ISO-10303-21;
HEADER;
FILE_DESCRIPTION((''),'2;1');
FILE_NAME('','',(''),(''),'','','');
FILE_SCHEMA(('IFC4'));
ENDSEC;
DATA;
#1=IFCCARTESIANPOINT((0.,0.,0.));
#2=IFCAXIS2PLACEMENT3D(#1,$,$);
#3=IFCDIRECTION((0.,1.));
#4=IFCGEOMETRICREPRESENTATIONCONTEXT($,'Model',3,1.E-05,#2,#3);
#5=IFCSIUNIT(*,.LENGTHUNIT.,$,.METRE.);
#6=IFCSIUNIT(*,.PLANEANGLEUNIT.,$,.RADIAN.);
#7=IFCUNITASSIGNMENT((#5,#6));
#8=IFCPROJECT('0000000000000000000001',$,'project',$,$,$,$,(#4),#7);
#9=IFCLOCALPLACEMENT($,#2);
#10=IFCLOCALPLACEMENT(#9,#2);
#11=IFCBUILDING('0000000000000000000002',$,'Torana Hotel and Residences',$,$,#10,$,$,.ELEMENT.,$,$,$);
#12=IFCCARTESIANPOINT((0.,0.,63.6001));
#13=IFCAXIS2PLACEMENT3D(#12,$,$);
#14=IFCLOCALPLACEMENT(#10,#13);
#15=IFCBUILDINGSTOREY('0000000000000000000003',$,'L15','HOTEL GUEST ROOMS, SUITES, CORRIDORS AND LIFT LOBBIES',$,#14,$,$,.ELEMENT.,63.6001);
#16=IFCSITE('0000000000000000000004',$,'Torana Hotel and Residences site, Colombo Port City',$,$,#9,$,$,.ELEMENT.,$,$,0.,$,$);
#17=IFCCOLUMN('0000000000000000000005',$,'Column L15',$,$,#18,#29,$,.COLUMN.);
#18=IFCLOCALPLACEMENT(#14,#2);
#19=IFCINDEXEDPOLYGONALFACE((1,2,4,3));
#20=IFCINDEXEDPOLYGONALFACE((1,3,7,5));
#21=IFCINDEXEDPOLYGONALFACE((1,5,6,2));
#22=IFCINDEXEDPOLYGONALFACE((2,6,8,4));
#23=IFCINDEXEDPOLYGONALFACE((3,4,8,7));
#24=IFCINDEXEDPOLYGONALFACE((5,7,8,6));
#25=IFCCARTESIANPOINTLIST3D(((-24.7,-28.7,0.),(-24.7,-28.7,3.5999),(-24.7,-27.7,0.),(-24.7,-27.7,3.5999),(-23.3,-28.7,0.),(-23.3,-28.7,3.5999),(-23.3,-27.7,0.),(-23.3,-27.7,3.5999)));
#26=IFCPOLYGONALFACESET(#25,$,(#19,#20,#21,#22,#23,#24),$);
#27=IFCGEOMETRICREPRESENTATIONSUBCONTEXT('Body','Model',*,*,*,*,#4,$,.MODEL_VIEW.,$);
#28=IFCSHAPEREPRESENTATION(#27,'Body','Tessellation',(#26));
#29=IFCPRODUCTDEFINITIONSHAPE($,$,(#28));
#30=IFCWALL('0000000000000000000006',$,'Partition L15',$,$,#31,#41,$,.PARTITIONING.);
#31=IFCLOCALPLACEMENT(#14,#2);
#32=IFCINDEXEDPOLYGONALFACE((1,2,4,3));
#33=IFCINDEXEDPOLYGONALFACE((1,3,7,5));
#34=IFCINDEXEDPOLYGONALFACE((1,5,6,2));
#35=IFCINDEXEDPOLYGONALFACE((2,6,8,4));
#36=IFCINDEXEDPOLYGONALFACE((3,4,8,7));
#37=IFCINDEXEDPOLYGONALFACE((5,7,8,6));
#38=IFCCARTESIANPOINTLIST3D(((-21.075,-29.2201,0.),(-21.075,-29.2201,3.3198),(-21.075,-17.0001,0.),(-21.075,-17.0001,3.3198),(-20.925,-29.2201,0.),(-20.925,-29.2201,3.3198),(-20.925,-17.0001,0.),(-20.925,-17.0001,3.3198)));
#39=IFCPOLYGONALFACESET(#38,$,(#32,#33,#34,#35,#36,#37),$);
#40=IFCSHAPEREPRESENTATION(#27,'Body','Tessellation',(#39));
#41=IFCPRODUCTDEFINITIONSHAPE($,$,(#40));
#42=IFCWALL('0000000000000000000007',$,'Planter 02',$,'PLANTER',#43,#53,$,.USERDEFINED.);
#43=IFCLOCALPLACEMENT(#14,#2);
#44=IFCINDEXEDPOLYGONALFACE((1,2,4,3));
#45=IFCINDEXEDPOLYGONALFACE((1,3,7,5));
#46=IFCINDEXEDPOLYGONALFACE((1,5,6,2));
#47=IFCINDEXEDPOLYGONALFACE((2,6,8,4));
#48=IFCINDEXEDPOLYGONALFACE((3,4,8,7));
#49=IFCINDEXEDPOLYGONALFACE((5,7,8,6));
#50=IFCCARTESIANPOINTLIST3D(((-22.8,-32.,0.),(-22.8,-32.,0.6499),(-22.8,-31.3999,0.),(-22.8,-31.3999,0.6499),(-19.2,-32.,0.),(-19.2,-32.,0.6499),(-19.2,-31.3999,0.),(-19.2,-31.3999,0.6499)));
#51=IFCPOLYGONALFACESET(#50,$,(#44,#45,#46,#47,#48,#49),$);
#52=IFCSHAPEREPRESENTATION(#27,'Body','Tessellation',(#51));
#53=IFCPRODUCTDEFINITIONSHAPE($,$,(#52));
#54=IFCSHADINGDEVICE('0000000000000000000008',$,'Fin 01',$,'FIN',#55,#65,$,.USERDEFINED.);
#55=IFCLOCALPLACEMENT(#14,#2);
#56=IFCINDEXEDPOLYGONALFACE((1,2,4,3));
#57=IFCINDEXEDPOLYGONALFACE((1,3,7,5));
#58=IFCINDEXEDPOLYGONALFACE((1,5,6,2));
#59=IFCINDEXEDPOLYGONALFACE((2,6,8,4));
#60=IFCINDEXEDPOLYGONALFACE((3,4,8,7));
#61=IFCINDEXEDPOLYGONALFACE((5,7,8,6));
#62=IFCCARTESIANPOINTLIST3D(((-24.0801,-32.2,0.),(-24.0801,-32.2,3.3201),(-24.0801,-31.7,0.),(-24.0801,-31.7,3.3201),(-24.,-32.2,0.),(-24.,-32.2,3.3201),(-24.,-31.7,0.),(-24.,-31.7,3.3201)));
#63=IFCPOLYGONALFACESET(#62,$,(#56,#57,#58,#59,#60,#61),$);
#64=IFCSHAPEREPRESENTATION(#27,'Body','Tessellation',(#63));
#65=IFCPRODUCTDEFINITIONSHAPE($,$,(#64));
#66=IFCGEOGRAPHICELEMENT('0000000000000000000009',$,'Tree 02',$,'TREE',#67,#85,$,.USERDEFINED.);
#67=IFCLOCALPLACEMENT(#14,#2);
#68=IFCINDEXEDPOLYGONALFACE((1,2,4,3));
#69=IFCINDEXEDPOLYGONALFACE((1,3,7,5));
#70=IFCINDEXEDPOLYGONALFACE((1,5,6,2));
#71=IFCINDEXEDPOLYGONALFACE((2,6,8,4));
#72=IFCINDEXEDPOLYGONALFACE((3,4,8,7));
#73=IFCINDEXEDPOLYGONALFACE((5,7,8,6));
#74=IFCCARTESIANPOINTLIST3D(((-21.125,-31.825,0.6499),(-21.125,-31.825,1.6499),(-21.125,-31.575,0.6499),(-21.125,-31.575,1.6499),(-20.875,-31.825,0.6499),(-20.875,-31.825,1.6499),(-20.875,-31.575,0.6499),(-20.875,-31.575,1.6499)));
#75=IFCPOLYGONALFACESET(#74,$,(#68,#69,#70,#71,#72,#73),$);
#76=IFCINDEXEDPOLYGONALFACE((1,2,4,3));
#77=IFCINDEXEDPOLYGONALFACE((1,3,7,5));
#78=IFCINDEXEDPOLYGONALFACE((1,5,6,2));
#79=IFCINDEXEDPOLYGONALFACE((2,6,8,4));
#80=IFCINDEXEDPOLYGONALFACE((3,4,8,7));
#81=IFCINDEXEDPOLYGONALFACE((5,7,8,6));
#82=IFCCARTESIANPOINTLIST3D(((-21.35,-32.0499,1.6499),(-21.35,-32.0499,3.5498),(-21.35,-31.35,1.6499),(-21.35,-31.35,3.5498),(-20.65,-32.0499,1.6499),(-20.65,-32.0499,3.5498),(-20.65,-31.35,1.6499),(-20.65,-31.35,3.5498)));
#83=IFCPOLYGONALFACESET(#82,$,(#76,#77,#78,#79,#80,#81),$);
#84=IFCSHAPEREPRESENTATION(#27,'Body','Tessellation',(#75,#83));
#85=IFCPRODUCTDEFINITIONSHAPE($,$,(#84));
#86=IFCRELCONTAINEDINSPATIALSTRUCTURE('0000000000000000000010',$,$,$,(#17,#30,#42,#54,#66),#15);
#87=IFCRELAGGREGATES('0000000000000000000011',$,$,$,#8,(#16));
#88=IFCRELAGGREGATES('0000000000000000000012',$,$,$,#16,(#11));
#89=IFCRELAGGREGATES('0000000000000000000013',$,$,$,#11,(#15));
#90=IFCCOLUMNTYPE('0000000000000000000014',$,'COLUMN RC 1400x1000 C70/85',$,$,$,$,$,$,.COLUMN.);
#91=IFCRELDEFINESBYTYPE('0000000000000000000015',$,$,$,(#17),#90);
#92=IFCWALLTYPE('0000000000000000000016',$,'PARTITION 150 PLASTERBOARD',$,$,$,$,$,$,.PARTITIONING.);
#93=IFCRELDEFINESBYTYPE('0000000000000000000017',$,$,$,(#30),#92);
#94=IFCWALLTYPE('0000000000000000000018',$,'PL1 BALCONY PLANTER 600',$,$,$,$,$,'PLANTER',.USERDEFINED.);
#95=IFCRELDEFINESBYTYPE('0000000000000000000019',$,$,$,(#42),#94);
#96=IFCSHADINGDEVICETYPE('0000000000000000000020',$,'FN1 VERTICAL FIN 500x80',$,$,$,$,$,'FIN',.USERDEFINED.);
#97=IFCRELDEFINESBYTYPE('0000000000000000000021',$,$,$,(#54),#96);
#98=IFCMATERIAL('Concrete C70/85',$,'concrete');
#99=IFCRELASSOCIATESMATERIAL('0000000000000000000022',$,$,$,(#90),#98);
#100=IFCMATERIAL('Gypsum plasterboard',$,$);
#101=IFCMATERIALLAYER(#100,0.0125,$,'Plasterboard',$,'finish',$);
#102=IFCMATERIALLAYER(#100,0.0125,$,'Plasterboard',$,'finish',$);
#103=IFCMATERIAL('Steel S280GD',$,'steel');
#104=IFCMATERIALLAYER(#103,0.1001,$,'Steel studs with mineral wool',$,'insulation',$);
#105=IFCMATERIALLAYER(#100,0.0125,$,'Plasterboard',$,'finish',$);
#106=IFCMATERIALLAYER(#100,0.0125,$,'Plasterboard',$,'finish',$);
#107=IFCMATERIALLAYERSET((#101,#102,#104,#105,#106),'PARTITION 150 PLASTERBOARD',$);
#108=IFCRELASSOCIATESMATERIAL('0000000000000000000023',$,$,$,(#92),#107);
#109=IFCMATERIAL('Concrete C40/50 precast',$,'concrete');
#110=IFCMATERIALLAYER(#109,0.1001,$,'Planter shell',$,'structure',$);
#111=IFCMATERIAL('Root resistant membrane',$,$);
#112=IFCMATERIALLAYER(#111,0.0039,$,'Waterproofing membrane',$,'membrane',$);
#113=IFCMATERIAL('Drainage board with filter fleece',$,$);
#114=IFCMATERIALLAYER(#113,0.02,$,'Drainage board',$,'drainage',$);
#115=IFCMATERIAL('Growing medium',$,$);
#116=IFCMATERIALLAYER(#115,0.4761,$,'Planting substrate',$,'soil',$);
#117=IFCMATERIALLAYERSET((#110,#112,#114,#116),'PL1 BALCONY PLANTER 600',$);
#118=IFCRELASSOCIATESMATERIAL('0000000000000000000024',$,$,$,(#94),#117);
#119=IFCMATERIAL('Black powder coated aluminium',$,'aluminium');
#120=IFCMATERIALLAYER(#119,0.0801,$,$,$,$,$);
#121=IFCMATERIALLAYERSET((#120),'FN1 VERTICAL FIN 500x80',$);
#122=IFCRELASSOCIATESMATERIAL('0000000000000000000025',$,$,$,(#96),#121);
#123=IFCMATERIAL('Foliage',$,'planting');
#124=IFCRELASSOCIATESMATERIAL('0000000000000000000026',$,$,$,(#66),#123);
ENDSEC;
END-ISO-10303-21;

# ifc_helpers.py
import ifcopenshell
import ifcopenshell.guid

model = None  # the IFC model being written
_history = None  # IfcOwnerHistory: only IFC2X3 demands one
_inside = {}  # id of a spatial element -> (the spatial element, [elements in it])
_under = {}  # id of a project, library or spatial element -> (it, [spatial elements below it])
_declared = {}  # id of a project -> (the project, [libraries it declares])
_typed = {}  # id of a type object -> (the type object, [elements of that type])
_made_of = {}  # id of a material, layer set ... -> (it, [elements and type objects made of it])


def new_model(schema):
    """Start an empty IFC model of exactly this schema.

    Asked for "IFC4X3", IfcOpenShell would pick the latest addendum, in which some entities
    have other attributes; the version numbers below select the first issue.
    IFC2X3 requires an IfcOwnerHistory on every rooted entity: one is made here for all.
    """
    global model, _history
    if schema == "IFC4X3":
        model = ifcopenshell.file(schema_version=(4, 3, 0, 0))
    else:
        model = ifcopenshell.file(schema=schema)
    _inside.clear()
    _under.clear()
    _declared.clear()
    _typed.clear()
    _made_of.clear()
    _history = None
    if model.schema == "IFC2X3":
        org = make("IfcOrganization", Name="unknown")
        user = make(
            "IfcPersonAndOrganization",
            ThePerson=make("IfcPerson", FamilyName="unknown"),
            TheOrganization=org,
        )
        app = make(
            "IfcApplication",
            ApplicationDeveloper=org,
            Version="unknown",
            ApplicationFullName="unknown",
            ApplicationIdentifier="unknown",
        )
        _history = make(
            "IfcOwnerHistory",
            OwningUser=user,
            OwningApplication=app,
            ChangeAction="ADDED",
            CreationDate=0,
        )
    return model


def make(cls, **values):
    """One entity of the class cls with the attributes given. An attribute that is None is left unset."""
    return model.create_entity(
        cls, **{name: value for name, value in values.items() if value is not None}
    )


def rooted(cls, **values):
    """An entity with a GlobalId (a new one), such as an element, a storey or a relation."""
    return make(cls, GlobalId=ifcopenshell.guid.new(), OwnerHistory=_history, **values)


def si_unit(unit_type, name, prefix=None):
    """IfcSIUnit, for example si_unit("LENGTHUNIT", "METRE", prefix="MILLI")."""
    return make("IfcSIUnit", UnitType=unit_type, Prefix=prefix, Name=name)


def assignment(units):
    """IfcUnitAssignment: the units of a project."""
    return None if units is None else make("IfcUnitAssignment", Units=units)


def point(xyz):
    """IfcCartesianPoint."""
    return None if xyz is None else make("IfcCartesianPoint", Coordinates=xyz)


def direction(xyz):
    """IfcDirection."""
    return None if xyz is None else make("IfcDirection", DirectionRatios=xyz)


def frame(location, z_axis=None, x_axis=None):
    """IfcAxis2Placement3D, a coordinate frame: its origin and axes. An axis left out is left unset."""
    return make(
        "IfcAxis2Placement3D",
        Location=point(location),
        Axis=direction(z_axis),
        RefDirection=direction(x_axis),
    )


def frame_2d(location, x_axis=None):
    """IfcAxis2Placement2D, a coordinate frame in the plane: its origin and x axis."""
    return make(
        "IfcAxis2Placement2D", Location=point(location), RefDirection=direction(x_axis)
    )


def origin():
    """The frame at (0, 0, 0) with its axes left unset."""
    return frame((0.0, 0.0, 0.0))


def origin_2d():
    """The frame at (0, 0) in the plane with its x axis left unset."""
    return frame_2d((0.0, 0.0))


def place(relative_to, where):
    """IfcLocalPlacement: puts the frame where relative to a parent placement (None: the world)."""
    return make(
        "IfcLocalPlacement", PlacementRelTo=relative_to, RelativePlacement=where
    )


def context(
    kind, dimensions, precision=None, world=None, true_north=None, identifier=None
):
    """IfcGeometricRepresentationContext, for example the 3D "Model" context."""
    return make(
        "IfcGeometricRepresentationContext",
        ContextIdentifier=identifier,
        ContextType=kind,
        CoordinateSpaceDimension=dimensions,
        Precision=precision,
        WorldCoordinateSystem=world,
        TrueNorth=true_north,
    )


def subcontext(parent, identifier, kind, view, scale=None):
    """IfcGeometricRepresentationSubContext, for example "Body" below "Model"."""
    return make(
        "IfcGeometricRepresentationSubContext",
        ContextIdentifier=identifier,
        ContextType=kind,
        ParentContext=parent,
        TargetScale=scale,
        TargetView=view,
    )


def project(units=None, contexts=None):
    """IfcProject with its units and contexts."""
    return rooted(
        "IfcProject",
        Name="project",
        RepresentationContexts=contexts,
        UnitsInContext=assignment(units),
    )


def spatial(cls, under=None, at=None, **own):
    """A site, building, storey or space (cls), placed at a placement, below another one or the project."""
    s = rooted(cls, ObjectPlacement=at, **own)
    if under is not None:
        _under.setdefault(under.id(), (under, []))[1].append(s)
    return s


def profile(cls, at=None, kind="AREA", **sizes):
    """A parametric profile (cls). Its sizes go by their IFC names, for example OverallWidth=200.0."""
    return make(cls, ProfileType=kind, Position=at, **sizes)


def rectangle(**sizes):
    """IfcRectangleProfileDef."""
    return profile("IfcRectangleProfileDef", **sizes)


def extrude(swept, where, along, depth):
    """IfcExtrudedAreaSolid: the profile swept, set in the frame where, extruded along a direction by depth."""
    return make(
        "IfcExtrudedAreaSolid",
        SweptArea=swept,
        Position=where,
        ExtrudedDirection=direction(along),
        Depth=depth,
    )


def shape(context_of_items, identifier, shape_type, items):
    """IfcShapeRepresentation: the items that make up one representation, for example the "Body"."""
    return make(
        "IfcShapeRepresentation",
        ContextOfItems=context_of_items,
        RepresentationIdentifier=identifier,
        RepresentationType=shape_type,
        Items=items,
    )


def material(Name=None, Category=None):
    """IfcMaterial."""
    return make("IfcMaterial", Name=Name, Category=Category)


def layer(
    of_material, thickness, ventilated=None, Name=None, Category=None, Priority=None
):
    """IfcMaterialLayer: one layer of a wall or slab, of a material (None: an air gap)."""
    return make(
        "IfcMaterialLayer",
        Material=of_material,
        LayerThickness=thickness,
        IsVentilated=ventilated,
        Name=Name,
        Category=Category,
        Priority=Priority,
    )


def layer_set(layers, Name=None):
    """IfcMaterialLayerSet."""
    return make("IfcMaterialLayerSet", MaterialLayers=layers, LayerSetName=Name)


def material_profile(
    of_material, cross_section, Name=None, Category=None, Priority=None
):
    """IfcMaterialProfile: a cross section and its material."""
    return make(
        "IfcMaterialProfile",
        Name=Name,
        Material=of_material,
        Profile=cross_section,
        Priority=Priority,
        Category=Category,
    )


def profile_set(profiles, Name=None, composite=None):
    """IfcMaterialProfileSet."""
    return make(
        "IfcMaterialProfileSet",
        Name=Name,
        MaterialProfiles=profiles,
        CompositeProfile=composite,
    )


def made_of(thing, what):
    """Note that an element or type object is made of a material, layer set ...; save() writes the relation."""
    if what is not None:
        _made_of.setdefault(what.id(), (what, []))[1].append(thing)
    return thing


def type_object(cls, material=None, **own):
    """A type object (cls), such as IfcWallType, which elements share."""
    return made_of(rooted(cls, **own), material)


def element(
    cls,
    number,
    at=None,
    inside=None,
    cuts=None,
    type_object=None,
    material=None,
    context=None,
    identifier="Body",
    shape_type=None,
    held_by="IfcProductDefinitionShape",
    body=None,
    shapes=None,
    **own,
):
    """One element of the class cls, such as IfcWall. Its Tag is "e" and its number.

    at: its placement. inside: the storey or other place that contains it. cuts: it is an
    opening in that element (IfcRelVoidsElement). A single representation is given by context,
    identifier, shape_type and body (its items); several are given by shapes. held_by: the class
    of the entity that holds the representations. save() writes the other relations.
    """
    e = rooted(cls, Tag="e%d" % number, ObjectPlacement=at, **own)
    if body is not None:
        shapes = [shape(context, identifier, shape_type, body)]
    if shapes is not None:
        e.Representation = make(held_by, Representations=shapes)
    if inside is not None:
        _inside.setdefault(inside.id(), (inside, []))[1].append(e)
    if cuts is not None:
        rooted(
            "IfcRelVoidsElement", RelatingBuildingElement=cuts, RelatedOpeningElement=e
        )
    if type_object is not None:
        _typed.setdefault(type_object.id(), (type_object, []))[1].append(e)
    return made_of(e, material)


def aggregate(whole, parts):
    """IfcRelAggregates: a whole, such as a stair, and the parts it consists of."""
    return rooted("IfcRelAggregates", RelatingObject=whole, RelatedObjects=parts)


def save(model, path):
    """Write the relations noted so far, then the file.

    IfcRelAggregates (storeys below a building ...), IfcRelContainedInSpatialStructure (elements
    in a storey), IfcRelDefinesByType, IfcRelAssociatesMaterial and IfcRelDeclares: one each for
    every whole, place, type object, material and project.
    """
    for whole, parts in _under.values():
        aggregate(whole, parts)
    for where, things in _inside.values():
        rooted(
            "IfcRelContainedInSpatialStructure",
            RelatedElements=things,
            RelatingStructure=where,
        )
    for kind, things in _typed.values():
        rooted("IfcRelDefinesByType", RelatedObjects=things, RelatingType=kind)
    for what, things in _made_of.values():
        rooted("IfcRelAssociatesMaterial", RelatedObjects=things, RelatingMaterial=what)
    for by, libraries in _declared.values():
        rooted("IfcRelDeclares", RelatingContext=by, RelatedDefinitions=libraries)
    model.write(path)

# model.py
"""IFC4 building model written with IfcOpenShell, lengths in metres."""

from ifc_helpers import new_model, si_unit, direction, frame, frame_2d, origin, origin_2d, place, context, subcontext, project, spatial, rectangle, extrude, material, layer, layer_set, material_profile, profile_set, type_object, element, save


model = new_model("IFC4")

# Units and contexts
model_context = context("Model", 3, precision=1e-05, world=origin(), true_north=direction((0.0, 1.0)))
body_context = subcontext(model_context, "Body", "Model", "MODEL_VIEW")
ifc_project = project(units=[si_unit("LENGTHUNIT", "METRE"), si_unit("PLANEANGLEUNIT", "RADIAN")], contexts=[model_context])

# Site, building, storey
site_placement = place(None, origin())
site = spatial("IfcSite", under=ifc_project, at=site_placement, Name="Torana Hotel and Residences site, Colombo Port City", CompositionType="ELEMENT", RefElevation=0.0)
building_placement = place(site_placement, origin())
building = spatial("IfcBuilding", under=site, at=building_placement, Name="Torana Hotel and Residences", CompositionType="ELEMENT")
storey_placement = place(building_placement, frame((0.0, 0.0, 63.6001)))
storey = spatial("IfcBuildingStorey", under=building, at=storey_placement, Name="L15", Description="HOTEL GUEST ROOMS, SUITES, CORRIDORS AND LIFT LOBBIES", CompositionType="ELEMENT", Elevation=63.6001)

# Column
ifc_material_1 = material(Name="Concrete C70/85", Category="concrete")
ifc_material_profile = material_profile(ifc_material_1, rectangle(XDim=1.3999, YDim=1.0, at=origin_2d()), Name="RC 1400x1000")
ifc_profile_set = profile_set([ifc_material_profile], Name="Concrete C70/85")
column_type = type_object("IfcColumnType", Name="COLUMN RC 1400x1000 C70/85", PredefinedType="COLUMN", material=ifc_profile_set)
column_placement = place(storey_placement, frame((-24.0, -28.2, 0.0), z_axis=(0.0, 0.0, 1.0), x_axis=(1.0, 0.0, 0.0)))
element("IfcColumn", 1, at=column_placement, inside=storey, type_object=column_type, Name="Column L15", PredefinedType="COLUMN", context=body_context, shape_type="SweptSolid", body=[
    extrude(rectangle(XDim=1.3999, YDim=1.0, at=origin_2d()), origin(), (0.0, 0.0, 1.0), 3.5999),
])

# Walls
ifc_material_2 = material(Name="Gypsum plasterboard")
ifc_layer_1 = layer(ifc_material_2, 0.0125, Name="Plasterboard", Category="finish")
ifc_layer_2 = layer(ifc_material_2, 0.0125, Name="Plasterboard", Category="finish")
ifc_material_3 = material(Name="Steel S280GD", Category="steel")
ifc_layer_3 = layer(ifc_material_3, 0.1001, Name="Steel studs with mineral wool", Category="insulation")
ifc_layer_4 = layer(ifc_material_2, 0.0125, Name="Plasterboard", Category="finish")
ifc_layer_5 = layer(ifc_material_2, 0.0125, Name="Plasterboard", Category="finish")
ifc_layer_set_1 = layer_set([ifc_layer_1, ifc_layer_2, ifc_layer_3, ifc_layer_4, ifc_layer_5], Name="PARTITION 150 PLASTERBOARD")
wall_type_1 = type_object("IfcWallType", Name="PARTITION 150 PLASTERBOARD", PredefinedType="PARTITIONING", material=ifc_layer_set_1)
wall_1_placement = place(storey_placement, frame((-21.0, -29.22, 0.0), z_axis=(0.0, 0.0, 1.0), x_axis=(0.0, 1.0, 0.0)))
element("IfcWall", 2, at=wall_1_placement, inside=storey, type_object=wall_type_1, Name="Partition L15", PredefinedType="PARTITIONING", context=body_context, shape_type="SweptSolid", body=[
    extrude(rectangle(XDim=12.22, YDim=0.1499, at=frame_2d((6.1099, 0.0))), origin(), (0.0, 0.0, 1.0), 3.3198),
])
ifc_material_4 = material(Name="Concrete C40/50 precast", Category="concrete")
ifc_layer_6 = layer(ifc_material_4, 0.1001, Name="Planter shell", Category="structure")
ifc_material_5 = material(Name="Root resistant membrane")
ifc_layer_7 = layer(ifc_material_5, 0.0039, Name="Waterproofing membrane", Category="membrane")
ifc_material_6 = material(Name="Drainage board with filter fleece")
ifc_layer_8 = layer(ifc_material_6, 0.02, Name="Drainage board", Category="drainage")
ifc_material_7 = material(Name="Growing medium")
ifc_layer_9 = layer(ifc_material_7, 0.4761, Name="Planting substrate", Category="soil")
ifc_layer_set_2 = layer_set([ifc_layer_6, ifc_layer_7, ifc_layer_8, ifc_layer_9], Name="PL1 BALCONY PLANTER 600")
wall_type_2 = type_object("IfcWallType", Name="PL1 BALCONY PLANTER 600", ElementType="PLANTER", PredefinedType="USERDEFINED", material=ifc_layer_set_2)
wall_2_placement = place(storey_placement, frame((-19.2, -31.7, 0.0), z_axis=(0.0, 0.0, 1.0), x_axis=(-1.0, 0.0, 0.0)))
element("IfcWall", 3, at=wall_2_placement, inside=storey, type_object=wall_type_2, Name="Planter 02", ObjectType="PLANTER", PredefinedType="USERDEFINED", context=body_context, shape_type="SweptSolid", body=[
    extrude(rectangle(XDim=3.6001, YDim=0.6001, at=frame_2d((1.8, 0.0))), origin(), (0.0, 0.0, 1.0), 0.6499),
])

# Shading device
ifc_material_8 = material(Name="Black powder coated aluminium", Category="aluminium")
ifc_layer_10 = layer(ifc_material_8, 0.0801)
ifc_layer_set_3 = layer_set([ifc_layer_10], Name="FN1 VERTICAL FIN 500x80")
shading_device_type = type_object("IfcShadingDeviceType", Name="FN1 VERTICAL FIN 500x80", ElementType="FIN", PredefinedType="USERDEFINED", material=ifc_layer_set_3)
shading_device_placement = place(storey_placement, frame((-24.04, -31.95, 0.0), z_axis=(0.0, 0.0, 1.0), x_axis=(-1.0, 0.0, 0.0)))
element("IfcShadingDevice", 4, at=shading_device_placement, inside=storey, type_object=shading_device_type, Name="Fin 01", ObjectType="FIN", PredefinedType="USERDEFINED", context=body_context, shape_type="SweptSolid", body=[
    extrude(rectangle(XDim=0.0801, YDim=0.5, at=origin_2d()), origin(), (0.0, 0.0, 1.0), 3.3201),
])

# Geographic element
ifc_material_9 = material(Name="Foliage", Category="planting")
geographic_element_placement = place(storey_placement, frame((-21.0, -31.7, 0.6499), z_axis=(0.0, 0.0, 1.0), x_axis=(1.0, 0.0, 0.0)))
element("IfcGeographicElement", 5, at=geographic_element_placement, inside=storey, material=ifc_material_9, Name="Tree 02", ObjectType="TREE", PredefinedType="USERDEFINED", context=body_context, shape_type="SweptSolid", body=[
    extrude(rectangle(XDim=0.25, YDim=0.25, at=origin_2d()), origin(), (0.0, 0.0, 1.0), 1.0),
    extrude(rectangle(XDim=0.7, YDim=0.7, at=origin_2d()), frame((0.0, 0.0, 1.0)), (0.0, 0.0, 1.0), 1.8999),
])

save(model, "model.ifc")
